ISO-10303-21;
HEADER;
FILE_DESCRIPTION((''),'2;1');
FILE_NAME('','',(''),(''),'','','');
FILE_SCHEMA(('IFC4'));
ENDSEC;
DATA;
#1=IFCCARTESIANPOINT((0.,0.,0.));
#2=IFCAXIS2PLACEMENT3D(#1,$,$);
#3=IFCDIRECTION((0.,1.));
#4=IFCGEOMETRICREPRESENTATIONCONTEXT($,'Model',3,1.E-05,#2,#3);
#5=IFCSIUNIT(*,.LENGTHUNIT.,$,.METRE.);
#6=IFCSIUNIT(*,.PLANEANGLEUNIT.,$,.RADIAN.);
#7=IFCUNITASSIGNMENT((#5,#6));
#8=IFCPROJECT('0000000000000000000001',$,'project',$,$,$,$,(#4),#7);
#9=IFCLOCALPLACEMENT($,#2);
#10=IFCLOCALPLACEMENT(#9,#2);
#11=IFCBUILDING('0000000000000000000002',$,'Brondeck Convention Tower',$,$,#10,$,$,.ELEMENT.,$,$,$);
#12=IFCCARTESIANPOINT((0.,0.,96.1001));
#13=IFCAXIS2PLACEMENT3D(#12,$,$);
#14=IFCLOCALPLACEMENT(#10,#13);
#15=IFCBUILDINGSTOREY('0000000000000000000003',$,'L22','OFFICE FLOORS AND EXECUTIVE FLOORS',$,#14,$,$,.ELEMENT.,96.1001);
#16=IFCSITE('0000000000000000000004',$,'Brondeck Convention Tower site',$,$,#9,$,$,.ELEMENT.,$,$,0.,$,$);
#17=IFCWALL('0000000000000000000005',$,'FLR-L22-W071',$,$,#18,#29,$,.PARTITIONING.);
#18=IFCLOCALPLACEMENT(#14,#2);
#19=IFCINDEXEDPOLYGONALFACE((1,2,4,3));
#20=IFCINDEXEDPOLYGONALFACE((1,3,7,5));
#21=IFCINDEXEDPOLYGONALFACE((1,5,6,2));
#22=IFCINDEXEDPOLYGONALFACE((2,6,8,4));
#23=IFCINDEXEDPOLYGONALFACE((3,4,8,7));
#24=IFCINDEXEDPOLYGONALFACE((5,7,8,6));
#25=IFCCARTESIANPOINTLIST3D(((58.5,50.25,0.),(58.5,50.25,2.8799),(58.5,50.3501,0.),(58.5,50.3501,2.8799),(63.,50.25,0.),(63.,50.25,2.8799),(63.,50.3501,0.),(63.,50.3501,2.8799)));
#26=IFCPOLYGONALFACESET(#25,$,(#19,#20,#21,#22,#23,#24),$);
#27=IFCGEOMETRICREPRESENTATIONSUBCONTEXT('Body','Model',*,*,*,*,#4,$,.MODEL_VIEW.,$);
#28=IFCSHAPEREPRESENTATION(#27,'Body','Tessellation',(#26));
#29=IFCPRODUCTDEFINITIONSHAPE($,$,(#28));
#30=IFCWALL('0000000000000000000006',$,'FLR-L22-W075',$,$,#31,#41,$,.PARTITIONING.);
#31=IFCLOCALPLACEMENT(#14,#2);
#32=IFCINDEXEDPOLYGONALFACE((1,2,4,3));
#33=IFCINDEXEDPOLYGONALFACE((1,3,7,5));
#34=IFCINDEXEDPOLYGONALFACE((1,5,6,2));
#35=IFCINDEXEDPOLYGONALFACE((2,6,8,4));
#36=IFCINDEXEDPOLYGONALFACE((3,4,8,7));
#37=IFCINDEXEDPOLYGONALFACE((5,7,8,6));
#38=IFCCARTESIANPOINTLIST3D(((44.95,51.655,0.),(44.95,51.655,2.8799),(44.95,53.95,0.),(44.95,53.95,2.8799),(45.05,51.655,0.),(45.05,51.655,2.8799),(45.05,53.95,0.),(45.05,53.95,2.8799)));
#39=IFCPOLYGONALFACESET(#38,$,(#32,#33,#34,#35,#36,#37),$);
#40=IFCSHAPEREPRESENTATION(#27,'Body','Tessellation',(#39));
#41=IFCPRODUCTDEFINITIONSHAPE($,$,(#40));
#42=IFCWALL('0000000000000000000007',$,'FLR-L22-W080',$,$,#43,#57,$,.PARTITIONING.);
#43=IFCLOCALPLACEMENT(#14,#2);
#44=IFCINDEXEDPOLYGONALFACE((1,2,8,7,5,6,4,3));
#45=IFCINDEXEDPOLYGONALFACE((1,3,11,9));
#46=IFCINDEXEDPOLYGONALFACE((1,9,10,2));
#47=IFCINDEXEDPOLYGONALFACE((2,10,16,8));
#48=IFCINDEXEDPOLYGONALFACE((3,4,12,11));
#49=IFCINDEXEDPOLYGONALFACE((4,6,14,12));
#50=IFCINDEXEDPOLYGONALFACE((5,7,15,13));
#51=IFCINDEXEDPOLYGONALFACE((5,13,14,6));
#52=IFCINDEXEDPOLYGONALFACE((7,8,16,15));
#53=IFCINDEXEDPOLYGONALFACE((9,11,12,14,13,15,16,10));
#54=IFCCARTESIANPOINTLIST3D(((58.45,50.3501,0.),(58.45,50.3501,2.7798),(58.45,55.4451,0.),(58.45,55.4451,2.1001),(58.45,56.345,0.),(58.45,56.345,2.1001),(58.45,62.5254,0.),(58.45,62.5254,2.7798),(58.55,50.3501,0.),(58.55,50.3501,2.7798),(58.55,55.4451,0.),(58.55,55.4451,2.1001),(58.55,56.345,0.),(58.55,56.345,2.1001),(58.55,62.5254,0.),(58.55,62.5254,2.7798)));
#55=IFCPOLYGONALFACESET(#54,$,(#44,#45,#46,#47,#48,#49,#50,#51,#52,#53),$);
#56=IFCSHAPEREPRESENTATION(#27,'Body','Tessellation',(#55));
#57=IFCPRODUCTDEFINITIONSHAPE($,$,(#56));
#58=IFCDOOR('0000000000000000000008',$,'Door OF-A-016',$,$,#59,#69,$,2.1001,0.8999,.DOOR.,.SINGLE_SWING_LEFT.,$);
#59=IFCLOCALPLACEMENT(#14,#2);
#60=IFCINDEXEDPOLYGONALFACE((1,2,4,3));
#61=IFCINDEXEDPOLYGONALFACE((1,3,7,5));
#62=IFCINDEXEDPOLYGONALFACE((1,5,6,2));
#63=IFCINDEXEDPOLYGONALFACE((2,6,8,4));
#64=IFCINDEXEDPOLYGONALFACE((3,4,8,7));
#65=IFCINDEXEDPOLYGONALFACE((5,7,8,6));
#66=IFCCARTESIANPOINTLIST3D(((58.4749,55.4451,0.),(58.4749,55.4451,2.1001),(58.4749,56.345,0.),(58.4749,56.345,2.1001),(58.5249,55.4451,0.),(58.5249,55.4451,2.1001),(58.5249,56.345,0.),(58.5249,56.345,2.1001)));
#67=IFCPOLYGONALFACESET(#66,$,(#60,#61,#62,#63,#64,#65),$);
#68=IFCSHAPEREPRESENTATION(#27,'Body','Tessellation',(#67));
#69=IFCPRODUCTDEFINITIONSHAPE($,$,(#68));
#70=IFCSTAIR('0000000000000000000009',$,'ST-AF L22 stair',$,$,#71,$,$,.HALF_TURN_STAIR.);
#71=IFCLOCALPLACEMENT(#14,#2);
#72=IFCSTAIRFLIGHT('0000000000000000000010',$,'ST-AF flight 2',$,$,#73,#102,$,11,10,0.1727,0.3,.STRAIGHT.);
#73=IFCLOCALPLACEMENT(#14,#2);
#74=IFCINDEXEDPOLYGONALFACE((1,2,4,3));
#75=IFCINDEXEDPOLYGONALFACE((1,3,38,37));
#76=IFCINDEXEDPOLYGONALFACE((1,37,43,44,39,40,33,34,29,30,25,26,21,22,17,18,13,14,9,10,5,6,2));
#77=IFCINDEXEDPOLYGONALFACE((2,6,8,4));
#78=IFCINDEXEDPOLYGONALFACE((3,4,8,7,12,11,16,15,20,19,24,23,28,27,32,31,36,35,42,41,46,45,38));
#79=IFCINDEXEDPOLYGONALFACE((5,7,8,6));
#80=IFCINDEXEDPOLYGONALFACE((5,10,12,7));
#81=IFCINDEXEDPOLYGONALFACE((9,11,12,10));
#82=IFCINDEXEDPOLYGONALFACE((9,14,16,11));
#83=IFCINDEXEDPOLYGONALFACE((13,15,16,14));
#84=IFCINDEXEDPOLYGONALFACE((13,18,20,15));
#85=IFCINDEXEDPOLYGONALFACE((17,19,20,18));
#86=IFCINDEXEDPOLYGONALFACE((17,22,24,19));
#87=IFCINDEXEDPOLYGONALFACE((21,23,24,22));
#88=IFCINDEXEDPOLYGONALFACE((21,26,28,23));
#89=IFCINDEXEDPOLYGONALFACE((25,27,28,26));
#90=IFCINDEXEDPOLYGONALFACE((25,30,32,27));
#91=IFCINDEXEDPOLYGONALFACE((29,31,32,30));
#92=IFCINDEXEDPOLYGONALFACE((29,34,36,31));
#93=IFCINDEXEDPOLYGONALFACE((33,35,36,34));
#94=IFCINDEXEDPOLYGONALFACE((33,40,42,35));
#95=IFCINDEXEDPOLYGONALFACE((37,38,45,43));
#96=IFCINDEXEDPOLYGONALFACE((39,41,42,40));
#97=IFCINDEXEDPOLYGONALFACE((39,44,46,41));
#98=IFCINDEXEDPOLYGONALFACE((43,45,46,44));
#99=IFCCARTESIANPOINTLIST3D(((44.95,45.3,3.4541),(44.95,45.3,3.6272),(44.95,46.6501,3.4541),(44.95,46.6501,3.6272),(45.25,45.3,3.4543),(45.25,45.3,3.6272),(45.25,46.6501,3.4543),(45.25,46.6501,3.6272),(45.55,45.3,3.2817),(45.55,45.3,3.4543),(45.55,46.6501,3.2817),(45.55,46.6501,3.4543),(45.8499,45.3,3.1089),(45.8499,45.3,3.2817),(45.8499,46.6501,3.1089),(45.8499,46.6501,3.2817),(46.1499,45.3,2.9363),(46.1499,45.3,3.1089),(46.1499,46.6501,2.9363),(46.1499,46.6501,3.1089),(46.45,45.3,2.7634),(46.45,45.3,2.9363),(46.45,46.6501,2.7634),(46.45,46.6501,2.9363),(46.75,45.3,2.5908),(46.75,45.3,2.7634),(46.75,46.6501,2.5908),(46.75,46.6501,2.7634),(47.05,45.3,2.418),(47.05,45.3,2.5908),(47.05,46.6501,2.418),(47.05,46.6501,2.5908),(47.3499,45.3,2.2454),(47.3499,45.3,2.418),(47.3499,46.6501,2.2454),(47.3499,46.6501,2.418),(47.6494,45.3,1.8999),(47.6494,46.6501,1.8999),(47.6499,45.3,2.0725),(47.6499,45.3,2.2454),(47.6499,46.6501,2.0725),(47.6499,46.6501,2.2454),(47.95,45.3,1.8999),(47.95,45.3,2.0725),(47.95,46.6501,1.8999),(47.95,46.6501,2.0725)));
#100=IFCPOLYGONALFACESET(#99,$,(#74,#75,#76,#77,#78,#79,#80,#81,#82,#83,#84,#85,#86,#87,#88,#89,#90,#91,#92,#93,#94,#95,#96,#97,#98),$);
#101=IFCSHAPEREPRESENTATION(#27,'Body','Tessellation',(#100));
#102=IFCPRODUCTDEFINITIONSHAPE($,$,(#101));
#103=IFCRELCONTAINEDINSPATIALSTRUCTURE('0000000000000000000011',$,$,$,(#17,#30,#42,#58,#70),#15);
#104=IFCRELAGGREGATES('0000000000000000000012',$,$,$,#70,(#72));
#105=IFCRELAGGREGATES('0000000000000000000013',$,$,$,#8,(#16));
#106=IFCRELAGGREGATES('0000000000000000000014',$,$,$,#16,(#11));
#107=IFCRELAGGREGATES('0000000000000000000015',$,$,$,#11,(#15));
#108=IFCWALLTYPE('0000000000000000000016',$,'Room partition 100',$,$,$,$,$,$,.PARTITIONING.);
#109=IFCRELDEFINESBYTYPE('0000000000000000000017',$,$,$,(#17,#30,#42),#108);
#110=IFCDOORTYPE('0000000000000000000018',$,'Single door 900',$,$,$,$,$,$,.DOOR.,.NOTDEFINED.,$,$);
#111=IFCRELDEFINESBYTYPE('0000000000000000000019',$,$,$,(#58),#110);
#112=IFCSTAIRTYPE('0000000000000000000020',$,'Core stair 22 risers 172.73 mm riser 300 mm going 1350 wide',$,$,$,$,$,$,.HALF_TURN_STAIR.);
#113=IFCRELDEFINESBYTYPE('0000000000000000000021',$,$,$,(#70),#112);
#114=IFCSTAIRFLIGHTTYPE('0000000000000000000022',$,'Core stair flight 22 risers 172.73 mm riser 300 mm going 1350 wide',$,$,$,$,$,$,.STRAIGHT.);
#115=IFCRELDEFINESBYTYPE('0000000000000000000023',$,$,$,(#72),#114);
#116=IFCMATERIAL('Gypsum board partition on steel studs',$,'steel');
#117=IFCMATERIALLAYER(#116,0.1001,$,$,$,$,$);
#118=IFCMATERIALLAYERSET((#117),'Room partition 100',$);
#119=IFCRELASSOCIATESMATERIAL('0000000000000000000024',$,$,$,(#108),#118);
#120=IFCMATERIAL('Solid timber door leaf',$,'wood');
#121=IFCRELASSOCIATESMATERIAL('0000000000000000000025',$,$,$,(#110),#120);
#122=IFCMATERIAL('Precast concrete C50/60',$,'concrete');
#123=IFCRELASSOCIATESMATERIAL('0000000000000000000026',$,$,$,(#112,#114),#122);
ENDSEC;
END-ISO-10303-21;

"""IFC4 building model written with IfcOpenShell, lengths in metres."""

from ifc_helpers import new_model, si_unit, direction, frame, frame_2d, origin, place, context, subcontext, project, spatial, polyline, rectangle, outline, extrude, material, layer, layer_set, type_object, element, fill, aggregate, save


model = new_model("IFC4")

# Units and contexts
model_context = context("Model", 3, precision=1e-05, world=origin(), true_north=direction((0.0, 1.0)))
body_context = subcontext(model_context, "Body", "Model", "MODEL_VIEW")
ifc_project = project(units=[si_unit("LENGTHUNIT", "METRE"), si_unit("PLANEANGLEUNIT", "RADIAN")], contexts=[model_context])

# Site, building, storey
site_placement = place(None, origin())
site = spatial("IfcSite", under=ifc_project, at=site_placement, Name="Brondeck Convention Tower site", CompositionType="ELEMENT", RefElevation=0.0)
building_placement = place(site_placement, origin())
building = spatial("IfcBuilding", under=site, at=building_placement, Name="Brondeck Convention Tower", CompositionType="ELEMENT")
storey_placement = place(building_placement, frame((0.0, 0.0, 96.1001)))
storey = spatial("IfcBuildingStorey", under=building, at=storey_placement, Name="L22", Description="OFFICE FLOORS AND EXECUTIVE FLOORS", CompositionType="ELEMENT", Elevation=96.1001)

# Shared definitions
ifc_material_1 = material(Name="Gypsum board partition on steel studs", Category="steel")
ifc_layer_1 = layer(ifc_material_1, 0.1001)
ifc_layer_set_1 = layer_set([ifc_layer_1], Name="Room partition 100")
wall_type_1 = type_object("IfcWallType", Name="Room partition 100", PredefinedType="PARTITIONING", material=ifc_layer_set_1)

# Shared definitions
ifc_material_2 = material(Name="Solid timber door leaf", Category="wood")
door_type_1 = type_object("IfcDoorType", Name="Single door 900", OperationType="NOTDEFINED", PredefinedType="DOOR", material=ifc_material_2)

# Walls
wall_1_placement = place(storey_placement, frame((58.5, 50.3, 0.0), z_axis=(0.0, 0.0, 1.0), x_axis=(1.0, 0.0, 0.0)))
element("IfcWall", 1, at=wall_1_placement, inside=storey, type_object=wall_type_1, Name="FLR-L22-W071", PredefinedType="PARTITIONING", context=body_context, shape_type="SweptSolid", body=[
    extrude(rectangle(XDim=4.5, YDim=0.1001, at=frame_2d((2.25, 0.0))), origin(), (0.0, 0.0, 1.0), 2.8799),
])
wall_2_placement = place(storey_placement, frame((45.0, 53.95, 0.0), z_axis=(0.0, 0.0, 1.0), x_axis=(0.0, -1.0, 0.0)))
element("IfcWall", 2, at=wall_2_placement, inside=storey, type_object=wall_type_1, Name="FLR-L22-W075", PredefinedType="PARTITIONING", context=body_context, shape_type="SweptSolid", body=[
    extrude(rectangle(XDim=2.2949, YDim=0.1001, at=frame_2d((1.1475, 0.0))), origin(), (0.0, 0.0, 1.0), 2.8799),
])

# Wall, opening, door
wall_3_placement = place(storey_placement, frame((58.5, 62.5254, 0.0), z_axis=(0.0, 0.0, 1.0), x_axis=(0.0, -1.0, 0.0)))
wall_3 = element("IfcWall", 3, at=wall_3_placement, inside=storey, type_object=wall_type_1, Name="FLR-L22-W080", PredefinedType="PARTITIONING", context=body_context, shape_type="SweptSolid", body=[
    extrude(rectangle(XDim=12.1753, YDim=0.1001, at=frame_2d((6.0876, 0.0))), origin(), (0.0, 0.0, 1.0), 2.7798),
])
opening_1_placement = place(wall_3_placement, frame((6.1804, 0.0, 0.0)))
opening_1 = element("IfcOpeningElement", 4, at=opening_1_placement, cuts=wall_3, PredefinedType="OPENING", context=body_context, shape_type="SweptSolid", body=[
    extrude(rectangle(XDim=0.8999, YDim=2.1001, at=frame_2d((0.45, 1.05))), frame((0.0, 0.0601, 0.0), z_axis=(0.0, -1.0, 0.0), x_axis=(1.0, 0.0, 0.0)), (0.0, 0.0, 1.0), 0.1201),
])
door_1_placement = place(opening_1_placement, origin())
door_1 = element("IfcDoor", 5, at=door_1_placement, inside=storey, type_object=door_type_1, Name="Door OF-A-016", OperationType="SINGLE_SWING_LEFT", OverallHeight=2.1001, OverallWidth=0.8999, PredefinedType="DOOR", context=body_context, shape_type="SweptSolid", body=[
    extrude(rectangle(XDim=0.8999, YDim=2.1001, at=frame_2d((0.45, 1.05))), frame((0.0, 0.0249, 0.0), z_axis=(0.0, -1.0, 0.0), x_axis=(1.0, 0.0, 0.0)), (0.0, 0.0, 1.0), 0.05),
])
fill(opening_1, door_1)

# Stair, stair flight
ifc_material_3 = material(Name="Precast concrete C50/60", Category="concrete")
stair_type = type_object("IfcStairType", Name="Core stair 22 risers 172.73 mm riser 300 mm going 1350 wide", PredefinedType="HALF_TURN_STAIR", material=ifc_material_3)
stair_placement = place(storey_placement, origin())
stair = element("IfcStair", 6, at=stair_placement, inside=storey, type_object=stair_type, Name="ST-AF L22 stair", PredefinedType="HALF_TURN_STAIR")
stair_flight_type = type_object("IfcStairFlightType", Name="Core stair flight 22 risers 172.73 mm riser 300 mm going 1350 wide", PredefinedType="STRAIGHT", material=ifc_material_3)
stair_flight_placement = place(storey_placement, frame((47.95, 45.9751, 1.8999), z_axis=(0.0, 0.0, 1.0), x_axis=(-1.0, 0.0, 0.0)))
stair_flight = element("IfcStairFlight", 7, at=stair_flight_placement, type_object=stair_flight_type, Name="ST-AF flight 2", NumberOfRisers=11, NumberOfTreads=10, PredefinedType="STRAIGHT", RiserHeight=0.1727, TreadLength=0.3, context=body_context, shape_type="SweptSolid", body=[
    extrude(outline(polyline([(0.0, 0.0), (0.0, 0.1726), (0.3, 0.1726), (0.3, 0.3455), (0.6001, 0.3455), (0.6001, 0.5181), (0.8999, 0.5181), (0.8999, 0.6909), (1.2, 0.6909), (1.2, 0.8635), (1.5, 0.8635), (1.5, 1.0364), (1.8, 1.0364), (1.8, 1.209), (2.1001, 1.209), (2.1001, 1.3818), (2.3999, 1.3818), (2.3999, 1.5544), (2.7, 1.5544), (2.7, 1.7273), (3.0, 1.7273), (3.0, 1.8999), (3.0, 1.5542), (0.3005, 0.0), (0.0, 0.0)])), frame((0.0, 0.675, 0.0), z_axis=(0.0, -1.0, 0.0), x_axis=(1.0, 0.0, 0.0)), (0.0, 0.0, 1.0), 1.3501),
])
aggregate(stair, [stair_flight])

save(model, "model.ifc")
